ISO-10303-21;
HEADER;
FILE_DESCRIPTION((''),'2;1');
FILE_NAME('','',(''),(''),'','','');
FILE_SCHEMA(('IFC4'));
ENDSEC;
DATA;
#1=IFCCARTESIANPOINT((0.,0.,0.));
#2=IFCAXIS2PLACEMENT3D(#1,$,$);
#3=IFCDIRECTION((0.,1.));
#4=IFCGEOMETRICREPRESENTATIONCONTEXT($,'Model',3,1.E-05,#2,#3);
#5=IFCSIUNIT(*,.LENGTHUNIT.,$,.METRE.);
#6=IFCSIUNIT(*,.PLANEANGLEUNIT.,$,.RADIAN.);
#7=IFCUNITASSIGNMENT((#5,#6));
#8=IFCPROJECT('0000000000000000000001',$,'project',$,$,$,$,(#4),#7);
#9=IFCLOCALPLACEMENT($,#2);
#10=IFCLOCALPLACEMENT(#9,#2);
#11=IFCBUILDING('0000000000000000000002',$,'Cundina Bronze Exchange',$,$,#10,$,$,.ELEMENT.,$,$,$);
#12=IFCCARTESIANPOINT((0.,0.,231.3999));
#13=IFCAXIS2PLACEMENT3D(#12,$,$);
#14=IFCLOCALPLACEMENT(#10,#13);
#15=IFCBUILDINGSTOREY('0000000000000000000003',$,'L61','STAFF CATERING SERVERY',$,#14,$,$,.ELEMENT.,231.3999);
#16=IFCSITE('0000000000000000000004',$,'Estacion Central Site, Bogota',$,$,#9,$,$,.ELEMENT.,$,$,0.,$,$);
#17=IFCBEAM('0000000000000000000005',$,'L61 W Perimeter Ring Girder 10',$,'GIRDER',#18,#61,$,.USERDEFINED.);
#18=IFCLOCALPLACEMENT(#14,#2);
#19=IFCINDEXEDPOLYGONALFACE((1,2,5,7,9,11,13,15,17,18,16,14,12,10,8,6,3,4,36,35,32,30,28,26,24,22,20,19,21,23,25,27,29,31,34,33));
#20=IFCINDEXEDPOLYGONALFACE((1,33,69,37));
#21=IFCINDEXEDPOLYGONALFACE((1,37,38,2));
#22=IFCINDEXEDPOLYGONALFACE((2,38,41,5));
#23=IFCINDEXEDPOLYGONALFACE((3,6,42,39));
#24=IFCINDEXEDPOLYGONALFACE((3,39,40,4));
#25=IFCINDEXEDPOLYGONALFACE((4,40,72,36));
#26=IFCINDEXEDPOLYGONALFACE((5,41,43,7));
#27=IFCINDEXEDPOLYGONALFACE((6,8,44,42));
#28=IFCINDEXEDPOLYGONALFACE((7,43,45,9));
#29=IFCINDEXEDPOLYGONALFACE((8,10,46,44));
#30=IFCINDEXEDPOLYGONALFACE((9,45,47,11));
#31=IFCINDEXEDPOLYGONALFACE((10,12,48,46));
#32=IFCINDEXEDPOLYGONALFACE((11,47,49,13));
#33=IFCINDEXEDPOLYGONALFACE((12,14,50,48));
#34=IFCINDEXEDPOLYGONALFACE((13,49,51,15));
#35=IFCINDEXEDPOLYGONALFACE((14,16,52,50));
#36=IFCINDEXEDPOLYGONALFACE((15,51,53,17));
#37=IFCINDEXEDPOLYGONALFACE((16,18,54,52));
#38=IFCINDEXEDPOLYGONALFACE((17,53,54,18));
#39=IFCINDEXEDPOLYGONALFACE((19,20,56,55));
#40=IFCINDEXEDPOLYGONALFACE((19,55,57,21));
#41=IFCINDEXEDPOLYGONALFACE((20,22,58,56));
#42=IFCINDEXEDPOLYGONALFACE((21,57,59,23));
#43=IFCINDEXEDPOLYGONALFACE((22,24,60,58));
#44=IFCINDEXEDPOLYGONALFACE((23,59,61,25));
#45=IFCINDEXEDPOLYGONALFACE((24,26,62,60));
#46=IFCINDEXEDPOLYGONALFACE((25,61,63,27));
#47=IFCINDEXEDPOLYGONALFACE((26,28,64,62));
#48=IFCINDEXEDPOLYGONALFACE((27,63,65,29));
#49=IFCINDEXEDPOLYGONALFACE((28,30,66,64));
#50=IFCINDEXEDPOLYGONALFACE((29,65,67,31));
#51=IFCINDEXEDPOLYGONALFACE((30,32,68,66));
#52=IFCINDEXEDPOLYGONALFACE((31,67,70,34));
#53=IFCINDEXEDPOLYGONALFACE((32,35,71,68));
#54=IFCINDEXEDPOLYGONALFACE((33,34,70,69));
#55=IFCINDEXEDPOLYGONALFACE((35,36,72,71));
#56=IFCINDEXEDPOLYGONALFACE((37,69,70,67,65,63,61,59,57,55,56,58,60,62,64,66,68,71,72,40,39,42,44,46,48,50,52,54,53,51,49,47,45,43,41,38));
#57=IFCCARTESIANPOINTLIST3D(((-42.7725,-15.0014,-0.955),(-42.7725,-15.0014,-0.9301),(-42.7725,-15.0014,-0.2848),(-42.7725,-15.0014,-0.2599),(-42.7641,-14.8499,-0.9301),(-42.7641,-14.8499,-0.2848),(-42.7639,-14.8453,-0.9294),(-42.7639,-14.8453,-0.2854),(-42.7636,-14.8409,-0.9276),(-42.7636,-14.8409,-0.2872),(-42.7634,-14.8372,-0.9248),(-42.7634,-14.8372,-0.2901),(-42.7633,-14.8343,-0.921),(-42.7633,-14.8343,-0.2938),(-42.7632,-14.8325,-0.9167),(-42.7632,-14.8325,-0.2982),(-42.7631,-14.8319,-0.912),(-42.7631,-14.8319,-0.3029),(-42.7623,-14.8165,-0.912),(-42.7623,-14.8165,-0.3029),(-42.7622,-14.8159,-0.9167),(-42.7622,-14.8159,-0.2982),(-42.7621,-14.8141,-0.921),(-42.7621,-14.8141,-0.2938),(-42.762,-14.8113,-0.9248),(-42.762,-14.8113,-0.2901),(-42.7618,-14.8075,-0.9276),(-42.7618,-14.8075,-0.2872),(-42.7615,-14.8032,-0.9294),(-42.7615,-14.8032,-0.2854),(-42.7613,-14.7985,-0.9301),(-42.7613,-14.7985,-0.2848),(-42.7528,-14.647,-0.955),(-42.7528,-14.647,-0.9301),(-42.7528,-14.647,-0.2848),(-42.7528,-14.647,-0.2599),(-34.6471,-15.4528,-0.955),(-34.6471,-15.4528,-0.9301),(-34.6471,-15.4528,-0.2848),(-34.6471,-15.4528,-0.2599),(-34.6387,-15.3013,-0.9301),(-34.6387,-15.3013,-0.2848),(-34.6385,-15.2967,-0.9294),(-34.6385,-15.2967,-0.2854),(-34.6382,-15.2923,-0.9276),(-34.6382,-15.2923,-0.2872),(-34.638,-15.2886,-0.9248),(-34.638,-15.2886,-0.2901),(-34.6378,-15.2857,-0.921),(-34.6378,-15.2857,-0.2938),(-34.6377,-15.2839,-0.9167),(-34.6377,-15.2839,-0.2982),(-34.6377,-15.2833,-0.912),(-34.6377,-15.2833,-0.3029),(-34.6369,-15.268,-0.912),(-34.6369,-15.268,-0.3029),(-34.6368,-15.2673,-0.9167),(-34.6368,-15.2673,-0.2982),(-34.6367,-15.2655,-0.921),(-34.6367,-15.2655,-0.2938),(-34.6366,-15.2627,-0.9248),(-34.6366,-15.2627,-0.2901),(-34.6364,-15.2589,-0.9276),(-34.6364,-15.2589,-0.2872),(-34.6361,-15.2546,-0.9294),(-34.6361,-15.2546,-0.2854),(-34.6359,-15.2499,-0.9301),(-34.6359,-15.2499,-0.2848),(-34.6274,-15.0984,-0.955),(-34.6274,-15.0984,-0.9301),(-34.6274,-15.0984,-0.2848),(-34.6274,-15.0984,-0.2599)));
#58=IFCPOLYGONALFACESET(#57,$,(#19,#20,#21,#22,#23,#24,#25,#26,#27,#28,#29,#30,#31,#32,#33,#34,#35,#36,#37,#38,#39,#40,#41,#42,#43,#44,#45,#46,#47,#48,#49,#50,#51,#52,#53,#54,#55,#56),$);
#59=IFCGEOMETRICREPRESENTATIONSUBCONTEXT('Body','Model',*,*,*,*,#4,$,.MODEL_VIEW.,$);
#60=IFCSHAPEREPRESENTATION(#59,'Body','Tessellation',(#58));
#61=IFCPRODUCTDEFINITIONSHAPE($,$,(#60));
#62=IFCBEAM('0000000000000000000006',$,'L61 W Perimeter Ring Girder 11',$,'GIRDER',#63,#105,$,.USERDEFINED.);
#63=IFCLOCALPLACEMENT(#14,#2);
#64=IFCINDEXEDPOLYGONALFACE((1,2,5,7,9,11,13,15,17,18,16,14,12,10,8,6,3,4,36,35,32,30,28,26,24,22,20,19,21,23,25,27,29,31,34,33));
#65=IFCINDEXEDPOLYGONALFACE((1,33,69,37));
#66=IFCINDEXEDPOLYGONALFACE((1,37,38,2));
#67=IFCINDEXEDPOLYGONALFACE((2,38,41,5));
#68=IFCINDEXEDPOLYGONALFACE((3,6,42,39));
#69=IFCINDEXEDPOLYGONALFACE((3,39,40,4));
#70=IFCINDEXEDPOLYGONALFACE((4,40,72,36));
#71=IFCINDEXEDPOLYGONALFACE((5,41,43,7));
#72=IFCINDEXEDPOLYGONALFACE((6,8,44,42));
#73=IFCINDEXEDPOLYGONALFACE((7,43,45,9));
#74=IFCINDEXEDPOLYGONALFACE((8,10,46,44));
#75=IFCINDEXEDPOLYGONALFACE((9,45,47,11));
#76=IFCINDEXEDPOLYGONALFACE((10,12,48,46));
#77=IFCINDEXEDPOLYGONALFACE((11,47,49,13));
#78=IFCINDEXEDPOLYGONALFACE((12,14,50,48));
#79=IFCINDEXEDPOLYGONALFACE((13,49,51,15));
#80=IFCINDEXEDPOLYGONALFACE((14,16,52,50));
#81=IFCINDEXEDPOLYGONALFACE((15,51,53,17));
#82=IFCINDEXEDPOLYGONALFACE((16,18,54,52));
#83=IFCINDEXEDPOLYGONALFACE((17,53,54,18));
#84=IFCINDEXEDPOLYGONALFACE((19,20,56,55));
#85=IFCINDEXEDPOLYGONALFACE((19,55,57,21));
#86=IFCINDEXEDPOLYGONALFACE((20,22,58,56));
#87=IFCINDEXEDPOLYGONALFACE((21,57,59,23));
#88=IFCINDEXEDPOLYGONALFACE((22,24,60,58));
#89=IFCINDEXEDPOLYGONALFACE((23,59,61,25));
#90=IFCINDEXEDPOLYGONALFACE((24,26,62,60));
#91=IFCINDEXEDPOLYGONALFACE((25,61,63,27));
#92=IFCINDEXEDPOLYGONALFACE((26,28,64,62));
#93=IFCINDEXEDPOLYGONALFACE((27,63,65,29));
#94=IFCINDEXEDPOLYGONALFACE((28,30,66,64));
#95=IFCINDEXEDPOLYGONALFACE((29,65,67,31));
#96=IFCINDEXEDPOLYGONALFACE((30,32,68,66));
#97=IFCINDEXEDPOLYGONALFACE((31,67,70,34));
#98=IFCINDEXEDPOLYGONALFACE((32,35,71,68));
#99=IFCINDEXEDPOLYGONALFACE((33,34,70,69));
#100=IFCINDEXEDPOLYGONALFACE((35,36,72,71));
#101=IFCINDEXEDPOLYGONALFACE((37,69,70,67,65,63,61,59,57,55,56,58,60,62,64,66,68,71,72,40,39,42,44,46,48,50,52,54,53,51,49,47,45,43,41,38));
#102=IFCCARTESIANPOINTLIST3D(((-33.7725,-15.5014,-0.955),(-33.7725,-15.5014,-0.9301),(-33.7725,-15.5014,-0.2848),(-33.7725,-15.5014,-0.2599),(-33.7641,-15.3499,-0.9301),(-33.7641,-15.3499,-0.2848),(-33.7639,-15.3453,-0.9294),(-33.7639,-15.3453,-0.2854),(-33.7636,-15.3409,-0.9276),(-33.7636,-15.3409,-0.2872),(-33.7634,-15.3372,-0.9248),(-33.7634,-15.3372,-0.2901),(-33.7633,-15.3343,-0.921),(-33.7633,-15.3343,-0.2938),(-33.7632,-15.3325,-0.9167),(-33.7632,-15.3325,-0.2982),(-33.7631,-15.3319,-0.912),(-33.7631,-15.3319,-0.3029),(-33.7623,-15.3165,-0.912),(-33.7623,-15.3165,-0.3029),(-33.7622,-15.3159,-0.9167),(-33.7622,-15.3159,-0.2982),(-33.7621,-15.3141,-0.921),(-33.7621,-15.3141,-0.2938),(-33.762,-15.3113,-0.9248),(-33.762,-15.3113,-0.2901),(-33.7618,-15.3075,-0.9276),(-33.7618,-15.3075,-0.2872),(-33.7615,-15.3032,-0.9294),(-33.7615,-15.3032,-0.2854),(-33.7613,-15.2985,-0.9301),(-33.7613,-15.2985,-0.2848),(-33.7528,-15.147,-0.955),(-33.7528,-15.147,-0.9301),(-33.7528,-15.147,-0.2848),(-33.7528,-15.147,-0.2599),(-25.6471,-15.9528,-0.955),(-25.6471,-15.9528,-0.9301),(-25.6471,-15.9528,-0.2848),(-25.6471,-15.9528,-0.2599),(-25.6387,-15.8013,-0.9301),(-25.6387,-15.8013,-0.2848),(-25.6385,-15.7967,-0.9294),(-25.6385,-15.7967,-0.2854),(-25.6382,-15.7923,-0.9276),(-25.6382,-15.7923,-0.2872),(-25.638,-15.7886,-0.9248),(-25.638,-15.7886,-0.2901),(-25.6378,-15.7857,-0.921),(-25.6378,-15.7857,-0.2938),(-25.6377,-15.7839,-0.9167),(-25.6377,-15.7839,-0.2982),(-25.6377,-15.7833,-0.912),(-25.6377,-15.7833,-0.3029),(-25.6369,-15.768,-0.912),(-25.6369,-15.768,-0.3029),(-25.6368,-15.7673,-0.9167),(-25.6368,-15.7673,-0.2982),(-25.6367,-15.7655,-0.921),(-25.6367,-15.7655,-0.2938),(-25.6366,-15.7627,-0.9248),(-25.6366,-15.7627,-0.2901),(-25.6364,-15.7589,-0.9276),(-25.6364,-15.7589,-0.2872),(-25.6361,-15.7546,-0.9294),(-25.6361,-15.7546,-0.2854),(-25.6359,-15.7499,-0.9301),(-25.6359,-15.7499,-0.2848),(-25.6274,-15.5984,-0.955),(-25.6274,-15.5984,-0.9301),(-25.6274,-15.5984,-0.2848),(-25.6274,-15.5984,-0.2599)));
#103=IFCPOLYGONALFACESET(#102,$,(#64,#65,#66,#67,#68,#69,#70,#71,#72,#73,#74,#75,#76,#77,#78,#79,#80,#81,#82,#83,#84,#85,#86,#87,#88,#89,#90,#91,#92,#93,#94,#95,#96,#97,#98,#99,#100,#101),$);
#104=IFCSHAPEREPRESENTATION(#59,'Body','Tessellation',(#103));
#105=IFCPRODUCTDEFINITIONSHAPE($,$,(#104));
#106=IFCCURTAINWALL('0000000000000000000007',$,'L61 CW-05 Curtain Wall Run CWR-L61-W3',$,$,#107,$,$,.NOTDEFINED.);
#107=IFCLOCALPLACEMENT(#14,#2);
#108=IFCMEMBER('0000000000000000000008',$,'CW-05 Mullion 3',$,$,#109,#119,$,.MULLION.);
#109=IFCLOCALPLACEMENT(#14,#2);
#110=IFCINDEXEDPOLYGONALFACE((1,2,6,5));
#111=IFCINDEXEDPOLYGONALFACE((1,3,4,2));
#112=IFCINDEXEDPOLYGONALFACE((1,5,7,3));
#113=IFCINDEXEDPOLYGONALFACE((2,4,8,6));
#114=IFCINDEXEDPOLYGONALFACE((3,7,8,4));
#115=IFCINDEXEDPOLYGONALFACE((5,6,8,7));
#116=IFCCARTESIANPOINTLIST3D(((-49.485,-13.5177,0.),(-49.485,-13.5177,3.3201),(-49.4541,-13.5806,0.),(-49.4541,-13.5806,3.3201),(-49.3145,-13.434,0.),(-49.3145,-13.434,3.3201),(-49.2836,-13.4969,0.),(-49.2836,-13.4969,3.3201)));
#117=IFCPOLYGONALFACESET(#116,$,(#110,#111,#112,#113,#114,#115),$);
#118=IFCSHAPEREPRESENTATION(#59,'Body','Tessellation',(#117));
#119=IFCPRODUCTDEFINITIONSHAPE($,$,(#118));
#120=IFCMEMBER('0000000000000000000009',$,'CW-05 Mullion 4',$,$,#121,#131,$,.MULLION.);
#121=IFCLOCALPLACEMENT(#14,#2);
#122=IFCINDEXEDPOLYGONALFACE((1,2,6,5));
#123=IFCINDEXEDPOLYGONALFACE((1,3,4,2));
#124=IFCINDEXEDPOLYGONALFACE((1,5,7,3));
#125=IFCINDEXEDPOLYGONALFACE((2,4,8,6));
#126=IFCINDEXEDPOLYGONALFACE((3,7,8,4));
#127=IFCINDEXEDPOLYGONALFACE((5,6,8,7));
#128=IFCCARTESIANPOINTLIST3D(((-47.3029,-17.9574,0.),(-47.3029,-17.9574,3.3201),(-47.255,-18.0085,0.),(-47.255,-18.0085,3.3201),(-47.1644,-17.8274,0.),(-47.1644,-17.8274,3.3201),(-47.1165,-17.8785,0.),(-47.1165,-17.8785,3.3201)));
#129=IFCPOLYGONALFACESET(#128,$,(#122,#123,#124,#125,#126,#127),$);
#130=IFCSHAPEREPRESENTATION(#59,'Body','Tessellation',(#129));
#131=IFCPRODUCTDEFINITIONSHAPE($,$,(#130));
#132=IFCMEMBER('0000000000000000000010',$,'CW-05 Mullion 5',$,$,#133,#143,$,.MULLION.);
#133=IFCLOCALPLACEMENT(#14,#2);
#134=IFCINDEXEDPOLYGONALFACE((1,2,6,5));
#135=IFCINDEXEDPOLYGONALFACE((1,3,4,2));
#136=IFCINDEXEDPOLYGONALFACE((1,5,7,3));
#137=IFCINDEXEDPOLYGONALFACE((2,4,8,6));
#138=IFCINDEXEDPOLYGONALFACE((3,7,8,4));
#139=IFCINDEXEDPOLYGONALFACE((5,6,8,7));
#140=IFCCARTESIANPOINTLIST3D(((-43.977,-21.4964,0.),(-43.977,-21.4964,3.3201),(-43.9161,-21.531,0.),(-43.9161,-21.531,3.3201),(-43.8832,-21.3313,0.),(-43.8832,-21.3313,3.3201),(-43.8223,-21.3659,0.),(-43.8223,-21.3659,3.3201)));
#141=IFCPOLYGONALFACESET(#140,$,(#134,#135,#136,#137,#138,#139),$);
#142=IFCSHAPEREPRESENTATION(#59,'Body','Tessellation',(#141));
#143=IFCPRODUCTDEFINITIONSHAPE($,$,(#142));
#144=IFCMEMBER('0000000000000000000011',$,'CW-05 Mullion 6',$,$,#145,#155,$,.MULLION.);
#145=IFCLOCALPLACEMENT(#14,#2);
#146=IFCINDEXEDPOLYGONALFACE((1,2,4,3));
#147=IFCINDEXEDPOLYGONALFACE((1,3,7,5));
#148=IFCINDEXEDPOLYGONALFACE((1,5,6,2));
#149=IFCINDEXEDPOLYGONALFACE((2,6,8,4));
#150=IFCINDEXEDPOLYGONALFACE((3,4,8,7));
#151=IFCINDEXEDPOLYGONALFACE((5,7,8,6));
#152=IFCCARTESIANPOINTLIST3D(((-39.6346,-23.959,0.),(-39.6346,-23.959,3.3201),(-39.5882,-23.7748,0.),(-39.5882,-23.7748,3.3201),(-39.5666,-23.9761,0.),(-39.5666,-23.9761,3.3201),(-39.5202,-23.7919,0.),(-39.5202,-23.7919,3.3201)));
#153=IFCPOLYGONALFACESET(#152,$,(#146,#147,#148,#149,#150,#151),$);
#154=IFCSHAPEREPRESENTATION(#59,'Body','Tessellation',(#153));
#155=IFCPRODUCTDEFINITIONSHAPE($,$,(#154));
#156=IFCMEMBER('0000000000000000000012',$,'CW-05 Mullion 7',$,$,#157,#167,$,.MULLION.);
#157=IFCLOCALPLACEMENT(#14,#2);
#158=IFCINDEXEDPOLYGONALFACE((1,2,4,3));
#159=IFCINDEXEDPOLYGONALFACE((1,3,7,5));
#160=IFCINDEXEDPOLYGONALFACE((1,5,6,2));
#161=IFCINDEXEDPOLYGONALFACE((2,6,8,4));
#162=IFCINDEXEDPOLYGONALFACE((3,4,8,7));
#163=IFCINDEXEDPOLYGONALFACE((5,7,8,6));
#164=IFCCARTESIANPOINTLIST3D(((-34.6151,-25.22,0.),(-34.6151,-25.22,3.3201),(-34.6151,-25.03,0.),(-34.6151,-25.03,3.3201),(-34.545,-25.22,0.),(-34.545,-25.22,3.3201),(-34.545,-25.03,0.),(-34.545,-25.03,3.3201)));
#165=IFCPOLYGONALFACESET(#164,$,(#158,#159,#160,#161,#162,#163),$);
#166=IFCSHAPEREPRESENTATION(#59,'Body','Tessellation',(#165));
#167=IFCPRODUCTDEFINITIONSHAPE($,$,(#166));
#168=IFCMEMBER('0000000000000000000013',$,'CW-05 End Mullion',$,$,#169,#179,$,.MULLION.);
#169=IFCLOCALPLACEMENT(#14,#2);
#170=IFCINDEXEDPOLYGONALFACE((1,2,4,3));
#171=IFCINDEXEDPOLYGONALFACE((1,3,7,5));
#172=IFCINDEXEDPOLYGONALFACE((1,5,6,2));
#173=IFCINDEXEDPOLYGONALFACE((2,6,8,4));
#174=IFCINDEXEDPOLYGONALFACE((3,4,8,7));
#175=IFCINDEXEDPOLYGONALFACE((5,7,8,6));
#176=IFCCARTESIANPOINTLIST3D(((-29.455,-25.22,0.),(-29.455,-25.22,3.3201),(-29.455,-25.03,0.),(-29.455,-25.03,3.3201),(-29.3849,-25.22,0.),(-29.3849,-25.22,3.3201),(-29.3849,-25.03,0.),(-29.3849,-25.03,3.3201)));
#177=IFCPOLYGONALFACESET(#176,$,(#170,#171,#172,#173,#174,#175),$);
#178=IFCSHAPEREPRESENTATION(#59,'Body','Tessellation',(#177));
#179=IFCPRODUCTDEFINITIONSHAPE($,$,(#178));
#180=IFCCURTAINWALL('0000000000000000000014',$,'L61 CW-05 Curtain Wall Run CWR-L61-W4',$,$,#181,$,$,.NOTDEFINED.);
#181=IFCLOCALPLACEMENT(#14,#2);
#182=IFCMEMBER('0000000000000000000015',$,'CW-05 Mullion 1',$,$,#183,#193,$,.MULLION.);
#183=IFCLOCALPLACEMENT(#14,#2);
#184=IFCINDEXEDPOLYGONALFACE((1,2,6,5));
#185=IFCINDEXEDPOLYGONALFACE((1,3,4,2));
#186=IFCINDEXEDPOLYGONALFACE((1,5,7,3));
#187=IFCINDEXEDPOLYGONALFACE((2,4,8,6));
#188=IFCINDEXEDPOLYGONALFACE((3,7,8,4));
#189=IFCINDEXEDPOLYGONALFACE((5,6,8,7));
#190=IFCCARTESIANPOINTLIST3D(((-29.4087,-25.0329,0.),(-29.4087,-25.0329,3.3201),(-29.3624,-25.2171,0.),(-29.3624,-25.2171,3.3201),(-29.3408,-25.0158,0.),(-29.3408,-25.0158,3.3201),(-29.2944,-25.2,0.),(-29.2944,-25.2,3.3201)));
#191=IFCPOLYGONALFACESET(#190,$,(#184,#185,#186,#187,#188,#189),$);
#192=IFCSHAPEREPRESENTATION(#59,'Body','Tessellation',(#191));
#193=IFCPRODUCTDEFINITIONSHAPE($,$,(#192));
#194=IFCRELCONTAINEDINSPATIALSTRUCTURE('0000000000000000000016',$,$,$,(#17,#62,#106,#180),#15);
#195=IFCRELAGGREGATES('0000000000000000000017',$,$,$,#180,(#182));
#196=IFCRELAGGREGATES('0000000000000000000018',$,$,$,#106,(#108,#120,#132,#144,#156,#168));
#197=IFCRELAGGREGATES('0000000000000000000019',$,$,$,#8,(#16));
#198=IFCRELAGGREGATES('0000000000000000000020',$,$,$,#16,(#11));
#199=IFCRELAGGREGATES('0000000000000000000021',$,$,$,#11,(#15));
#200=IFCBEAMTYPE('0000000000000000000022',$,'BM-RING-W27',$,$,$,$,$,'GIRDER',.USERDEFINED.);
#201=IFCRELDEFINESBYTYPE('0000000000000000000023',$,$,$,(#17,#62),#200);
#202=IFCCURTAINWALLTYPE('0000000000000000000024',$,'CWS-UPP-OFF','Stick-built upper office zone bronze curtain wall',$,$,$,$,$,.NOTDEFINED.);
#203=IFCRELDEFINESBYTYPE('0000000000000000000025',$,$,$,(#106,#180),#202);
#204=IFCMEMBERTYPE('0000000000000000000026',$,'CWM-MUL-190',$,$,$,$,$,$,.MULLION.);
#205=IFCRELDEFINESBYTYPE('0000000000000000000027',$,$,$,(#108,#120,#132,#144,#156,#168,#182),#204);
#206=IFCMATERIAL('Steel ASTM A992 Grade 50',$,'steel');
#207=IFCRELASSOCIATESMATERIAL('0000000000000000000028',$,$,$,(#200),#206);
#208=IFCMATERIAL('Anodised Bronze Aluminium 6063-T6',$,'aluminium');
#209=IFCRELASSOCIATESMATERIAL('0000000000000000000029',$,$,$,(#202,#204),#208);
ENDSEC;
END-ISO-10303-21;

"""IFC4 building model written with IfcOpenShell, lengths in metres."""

from ifc_helpers import new_model, si_unit, direction, frame, origin, origin_2d, place, context, subcontext, project, spatial, rectangle, i_section, extrude, material, material_profile, profile_set, type_object, element, aggregate, save


model = new_model("IFC4")

# Units and contexts
model_context = context("Model", 3, precision=1e-05, world=origin(), true_north=direction((0.0, 1.0)))
body_context = subcontext(model_context, "Body", "Model", "MODEL_VIEW")
ifc_project = project(units=[si_unit("LENGTHUNIT", "METRE"), si_unit("PLANEANGLEUNIT", "RADIAN")], contexts=[model_context])

# Site, building, storey
site_placement = place(None, origin())
site = spatial("IfcSite", under=ifc_project, at=site_placement, Name="Estacion Central Site, Bogota", CompositionType="ELEMENT", RefElevation=0.0)
building_placement = place(site_placement, origin())
building = spatial("IfcBuilding", under=site, at=building_placement, Name="Cundina Bronze Exchange", CompositionType="ELEMENT")
storey_placement = place(building_placement, frame((0.0, 0.0, 231.3999)))
storey = spatial("IfcBuildingStorey", under=building, at=storey_placement, Name="L61", Description="STAFF CATERING SERVERY", CompositionType="ELEMENT", Elevation=231.3999)

# Beams
ifc_material_1 = material(Name="Steel ASTM A992 Grade 50", Category="steel")
ifc_material_profile_1 = material_profile(ifc_material_1, i_section(OverallWidth=0.355, OverallDepth=0.6951, WebThickness=0.0154, FlangeThickness=0.0249, FilletRadius=0.0181, at=origin_2d()), Name="W27X146", Category="steel")
ifc_profile_set_1 = profile_set([ifc_material_profile_1], Name="Steel ASTM A992 Grade 50")
beam_type_1 = type_object("IfcBeamType", Name="BM-RING-W27", ElementType="GIRDER", PredefinedType="USERDEFINED", material=ifc_profile_set_1)
for number, where, z_axis, x_axis, name in (
    (1, (-42.7627, -14.8242, -0.6074), (0.99846, -0.05547, 0.0), (0.05547, 0.99846, 0.0), "L61 W Perimeter Ring Girder 10"),
    (2, (-33.7627, -15.3242, -0.6074), (0.99846, -0.05547, 0.0), (0.05547, 0.99846, 0.0), "L61 W Perimeter Ring Girder 11"),
):
    element("IfcBeam", number, at=place(storey_placement, frame(where, z_axis=z_axis, x_axis=x_axis)), inside=storey, type_object=beam_type_1, Name=name, ObjectType="GIRDER", PredefinedType="USERDEFINED", context=body_context, shape_type="SweptSolid", body=[
        extrude(i_section(OverallWidth=0.355, OverallDepth=0.6951, WebThickness=0.0154, FlangeThickness=0.0249, FilletRadius=0.0181, at=origin_2d()), origin(), (0.0, 0.0, 1.0), 8.1379),
    ])

# Curtain wall, members
ifc_material_2 = material(Name="Anodised Bronze Aluminium 6063-T6", Category="aluminium")
curtain_wall_type = type_object("IfcCurtainWallType", Name="CWS-UPP-OFF", Description="Stick-built upper office zone bronze curtain wall", PredefinedType="NOTDEFINED", material=ifc_material_2)
curtain_wall_1_placement = place(storey_placement, origin())
curtain_wall_1 = element("IfcCurtainWall", 3, at=curtain_wall_1_placement, inside=storey, type_object=curtain_wall_type, Name="L61 CW-05 Curtain Wall Run CWR-L61-W3", PredefinedType="NOTDEFINED")
ifc_material_profile_2 = material_profile(ifc_material_2, rectangle(XDim=0.0701, YDim=0.1899, at=origin_2d()), Name="AL70X190", Category="aluminium")
ifc_profile_set_2 = profile_set([ifc_material_profile_2], Name="Anodised Bronze Aluminium 6063-T6")
member_type_1 = type_object("IfcMemberType", Name="CWM-MUL-190", PredefinedType="MULLION", material=ifc_profile_set_2)
member_1_placement = place(storey_placement, frame((-49.3843, -13.5073, 0.0), z_axis=(0.0, 0.0, 1.0), x_axis=(0.440566, -0.89772, 0.0)))
member_1 = element("IfcMember", 4, at=member_1_placement, type_object=member_type_1, Name="CW-05 Mullion 3", PredefinedType="MULLION", context=body_context, shape_type="SweptSolid", body=[
    extrude(rectangle(XDim=0.0701, YDim=0.1899, at=origin_2d()), origin(), (0.0, 0.0, 1.0), 3.3201),
])
member_2_placement = place(storey_placement, frame((-47.2097, -17.918, 0.0), z_axis=(0.0, 0.0, 1.0), x_axis=(0.684293, -0.729208, 0.0)))
member_2 = element("IfcMember", 5, at=member_2_placement, type_object=member_type_1, Name="CW-05 Mullion 4", PredefinedType="MULLION", context=body_context, shape_type="SweptSolid", body=[
    extrude(rectangle(XDim=0.0701, YDim=0.1899, at=origin_2d()), origin(), (0.0, 0.0, 1.0), 3.3201),
])
member_3_placement = place(storey_placement, frame((-43.8997, -21.4312, 0.0), z_axis=(0.0, 0.0, 1.0), x_axis=(0.869581, -0.49379, 0.0)))
member_3 = element("IfcMember", 6, at=member_3_placement, type_object=member_type_1, Name="CW-05 Mullion 5", PredefinedType="MULLION", context=body_context, shape_type="SweptSolid", body=[
    extrude(rectangle(XDim=0.0701, YDim=0.1899, at=origin_2d()), origin(), (0.0, 0.0, 1.0), 3.3201),
])
member_4_placement = place(storey_placement, frame((-39.5774, -23.8755, 0.0), z_axis=(0.0, 0.0, 1.0), x_axis=(0.969744, -0.244123, 0.0)))
member_4 = element("IfcMember", 7, at=member_4_placement, type_object=member_type_1, Name="CW-05 Mullion 6", PredefinedType="MULLION", context=body_context, shape_type="SweptSolid", body=[
    extrude(rectangle(XDim=0.0701, YDim=0.1899, at=origin_2d()), origin(), (0.0, 0.0, 1.0), 3.3201),
])
member_5_placement = place(storey_placement, frame((-34.5801, -25.125, 0.0), z_axis=(0.0, 0.0, 1.0), x_axis=(1.0, 0.0, 0.0)))
member_5 = element("IfcMember", 8, at=member_5_placement, type_object=member_type_1, Name="CW-05 Mullion 7", PredefinedType="MULLION", context=body_context, shape_type="SweptSolid", body=[
    extrude(rectangle(XDim=0.0701, YDim=0.1899, at=origin_2d()), origin(), (0.0, 0.0, 1.0), 3.3201),
])
member_6_placement = place(storey_placement, frame((-29.4199, -25.125, 0.0), z_axis=(0.0, 0.0, 1.0), x_axis=(1.0, 0.0, 0.0)))
member_6 = element("IfcMember", 9, at=member_6_placement, type_object=member_type_1, Name="CW-05 End Mullion", PredefinedType="MULLION", context=body_context, shape_type="SweptSolid", body=[
    extrude(rectangle(XDim=0.0701, YDim=0.1899, at=origin_2d()), origin(), (0.0, 0.0, 1.0), 3.3201),
])

# Curtain wall, member
curtain_wall_2_placement = place(storey_placement, origin())
curtain_wall_2 = element("IfcCurtainWall", 10, at=curtain_wall_2_placement, inside=storey, type_object=curtain_wall_type, Name="L61 CW-05 Curtain Wall Run CWR-L61-W4", PredefinedType="NOTDEFINED")
member_7_placement = place(storey_placement, frame((-29.3516, -25.1165, 0.0), z_axis=(0.0, 0.0, 1.0), x_axis=(0.969744, 0.244123, 0.0)))
member_7 = element("IfcMember", 11, at=member_7_placement, type_object=member_type_1, Name="CW-05 Mullion 1", PredefinedType="MULLION", context=body_context, shape_type="SweptSolid", body=[
    extrude(rectangle(XDim=0.0701, YDim=0.1899, at=origin_2d()), origin(), (0.0, 0.0, 1.0), 3.3201),
])

aggregate(curtain_wall_2, [member_7])

aggregate(curtain_wall_1, [member_1, member_2, member_3, member_4, member_5, member_6])

save(model, "model.ifc")
